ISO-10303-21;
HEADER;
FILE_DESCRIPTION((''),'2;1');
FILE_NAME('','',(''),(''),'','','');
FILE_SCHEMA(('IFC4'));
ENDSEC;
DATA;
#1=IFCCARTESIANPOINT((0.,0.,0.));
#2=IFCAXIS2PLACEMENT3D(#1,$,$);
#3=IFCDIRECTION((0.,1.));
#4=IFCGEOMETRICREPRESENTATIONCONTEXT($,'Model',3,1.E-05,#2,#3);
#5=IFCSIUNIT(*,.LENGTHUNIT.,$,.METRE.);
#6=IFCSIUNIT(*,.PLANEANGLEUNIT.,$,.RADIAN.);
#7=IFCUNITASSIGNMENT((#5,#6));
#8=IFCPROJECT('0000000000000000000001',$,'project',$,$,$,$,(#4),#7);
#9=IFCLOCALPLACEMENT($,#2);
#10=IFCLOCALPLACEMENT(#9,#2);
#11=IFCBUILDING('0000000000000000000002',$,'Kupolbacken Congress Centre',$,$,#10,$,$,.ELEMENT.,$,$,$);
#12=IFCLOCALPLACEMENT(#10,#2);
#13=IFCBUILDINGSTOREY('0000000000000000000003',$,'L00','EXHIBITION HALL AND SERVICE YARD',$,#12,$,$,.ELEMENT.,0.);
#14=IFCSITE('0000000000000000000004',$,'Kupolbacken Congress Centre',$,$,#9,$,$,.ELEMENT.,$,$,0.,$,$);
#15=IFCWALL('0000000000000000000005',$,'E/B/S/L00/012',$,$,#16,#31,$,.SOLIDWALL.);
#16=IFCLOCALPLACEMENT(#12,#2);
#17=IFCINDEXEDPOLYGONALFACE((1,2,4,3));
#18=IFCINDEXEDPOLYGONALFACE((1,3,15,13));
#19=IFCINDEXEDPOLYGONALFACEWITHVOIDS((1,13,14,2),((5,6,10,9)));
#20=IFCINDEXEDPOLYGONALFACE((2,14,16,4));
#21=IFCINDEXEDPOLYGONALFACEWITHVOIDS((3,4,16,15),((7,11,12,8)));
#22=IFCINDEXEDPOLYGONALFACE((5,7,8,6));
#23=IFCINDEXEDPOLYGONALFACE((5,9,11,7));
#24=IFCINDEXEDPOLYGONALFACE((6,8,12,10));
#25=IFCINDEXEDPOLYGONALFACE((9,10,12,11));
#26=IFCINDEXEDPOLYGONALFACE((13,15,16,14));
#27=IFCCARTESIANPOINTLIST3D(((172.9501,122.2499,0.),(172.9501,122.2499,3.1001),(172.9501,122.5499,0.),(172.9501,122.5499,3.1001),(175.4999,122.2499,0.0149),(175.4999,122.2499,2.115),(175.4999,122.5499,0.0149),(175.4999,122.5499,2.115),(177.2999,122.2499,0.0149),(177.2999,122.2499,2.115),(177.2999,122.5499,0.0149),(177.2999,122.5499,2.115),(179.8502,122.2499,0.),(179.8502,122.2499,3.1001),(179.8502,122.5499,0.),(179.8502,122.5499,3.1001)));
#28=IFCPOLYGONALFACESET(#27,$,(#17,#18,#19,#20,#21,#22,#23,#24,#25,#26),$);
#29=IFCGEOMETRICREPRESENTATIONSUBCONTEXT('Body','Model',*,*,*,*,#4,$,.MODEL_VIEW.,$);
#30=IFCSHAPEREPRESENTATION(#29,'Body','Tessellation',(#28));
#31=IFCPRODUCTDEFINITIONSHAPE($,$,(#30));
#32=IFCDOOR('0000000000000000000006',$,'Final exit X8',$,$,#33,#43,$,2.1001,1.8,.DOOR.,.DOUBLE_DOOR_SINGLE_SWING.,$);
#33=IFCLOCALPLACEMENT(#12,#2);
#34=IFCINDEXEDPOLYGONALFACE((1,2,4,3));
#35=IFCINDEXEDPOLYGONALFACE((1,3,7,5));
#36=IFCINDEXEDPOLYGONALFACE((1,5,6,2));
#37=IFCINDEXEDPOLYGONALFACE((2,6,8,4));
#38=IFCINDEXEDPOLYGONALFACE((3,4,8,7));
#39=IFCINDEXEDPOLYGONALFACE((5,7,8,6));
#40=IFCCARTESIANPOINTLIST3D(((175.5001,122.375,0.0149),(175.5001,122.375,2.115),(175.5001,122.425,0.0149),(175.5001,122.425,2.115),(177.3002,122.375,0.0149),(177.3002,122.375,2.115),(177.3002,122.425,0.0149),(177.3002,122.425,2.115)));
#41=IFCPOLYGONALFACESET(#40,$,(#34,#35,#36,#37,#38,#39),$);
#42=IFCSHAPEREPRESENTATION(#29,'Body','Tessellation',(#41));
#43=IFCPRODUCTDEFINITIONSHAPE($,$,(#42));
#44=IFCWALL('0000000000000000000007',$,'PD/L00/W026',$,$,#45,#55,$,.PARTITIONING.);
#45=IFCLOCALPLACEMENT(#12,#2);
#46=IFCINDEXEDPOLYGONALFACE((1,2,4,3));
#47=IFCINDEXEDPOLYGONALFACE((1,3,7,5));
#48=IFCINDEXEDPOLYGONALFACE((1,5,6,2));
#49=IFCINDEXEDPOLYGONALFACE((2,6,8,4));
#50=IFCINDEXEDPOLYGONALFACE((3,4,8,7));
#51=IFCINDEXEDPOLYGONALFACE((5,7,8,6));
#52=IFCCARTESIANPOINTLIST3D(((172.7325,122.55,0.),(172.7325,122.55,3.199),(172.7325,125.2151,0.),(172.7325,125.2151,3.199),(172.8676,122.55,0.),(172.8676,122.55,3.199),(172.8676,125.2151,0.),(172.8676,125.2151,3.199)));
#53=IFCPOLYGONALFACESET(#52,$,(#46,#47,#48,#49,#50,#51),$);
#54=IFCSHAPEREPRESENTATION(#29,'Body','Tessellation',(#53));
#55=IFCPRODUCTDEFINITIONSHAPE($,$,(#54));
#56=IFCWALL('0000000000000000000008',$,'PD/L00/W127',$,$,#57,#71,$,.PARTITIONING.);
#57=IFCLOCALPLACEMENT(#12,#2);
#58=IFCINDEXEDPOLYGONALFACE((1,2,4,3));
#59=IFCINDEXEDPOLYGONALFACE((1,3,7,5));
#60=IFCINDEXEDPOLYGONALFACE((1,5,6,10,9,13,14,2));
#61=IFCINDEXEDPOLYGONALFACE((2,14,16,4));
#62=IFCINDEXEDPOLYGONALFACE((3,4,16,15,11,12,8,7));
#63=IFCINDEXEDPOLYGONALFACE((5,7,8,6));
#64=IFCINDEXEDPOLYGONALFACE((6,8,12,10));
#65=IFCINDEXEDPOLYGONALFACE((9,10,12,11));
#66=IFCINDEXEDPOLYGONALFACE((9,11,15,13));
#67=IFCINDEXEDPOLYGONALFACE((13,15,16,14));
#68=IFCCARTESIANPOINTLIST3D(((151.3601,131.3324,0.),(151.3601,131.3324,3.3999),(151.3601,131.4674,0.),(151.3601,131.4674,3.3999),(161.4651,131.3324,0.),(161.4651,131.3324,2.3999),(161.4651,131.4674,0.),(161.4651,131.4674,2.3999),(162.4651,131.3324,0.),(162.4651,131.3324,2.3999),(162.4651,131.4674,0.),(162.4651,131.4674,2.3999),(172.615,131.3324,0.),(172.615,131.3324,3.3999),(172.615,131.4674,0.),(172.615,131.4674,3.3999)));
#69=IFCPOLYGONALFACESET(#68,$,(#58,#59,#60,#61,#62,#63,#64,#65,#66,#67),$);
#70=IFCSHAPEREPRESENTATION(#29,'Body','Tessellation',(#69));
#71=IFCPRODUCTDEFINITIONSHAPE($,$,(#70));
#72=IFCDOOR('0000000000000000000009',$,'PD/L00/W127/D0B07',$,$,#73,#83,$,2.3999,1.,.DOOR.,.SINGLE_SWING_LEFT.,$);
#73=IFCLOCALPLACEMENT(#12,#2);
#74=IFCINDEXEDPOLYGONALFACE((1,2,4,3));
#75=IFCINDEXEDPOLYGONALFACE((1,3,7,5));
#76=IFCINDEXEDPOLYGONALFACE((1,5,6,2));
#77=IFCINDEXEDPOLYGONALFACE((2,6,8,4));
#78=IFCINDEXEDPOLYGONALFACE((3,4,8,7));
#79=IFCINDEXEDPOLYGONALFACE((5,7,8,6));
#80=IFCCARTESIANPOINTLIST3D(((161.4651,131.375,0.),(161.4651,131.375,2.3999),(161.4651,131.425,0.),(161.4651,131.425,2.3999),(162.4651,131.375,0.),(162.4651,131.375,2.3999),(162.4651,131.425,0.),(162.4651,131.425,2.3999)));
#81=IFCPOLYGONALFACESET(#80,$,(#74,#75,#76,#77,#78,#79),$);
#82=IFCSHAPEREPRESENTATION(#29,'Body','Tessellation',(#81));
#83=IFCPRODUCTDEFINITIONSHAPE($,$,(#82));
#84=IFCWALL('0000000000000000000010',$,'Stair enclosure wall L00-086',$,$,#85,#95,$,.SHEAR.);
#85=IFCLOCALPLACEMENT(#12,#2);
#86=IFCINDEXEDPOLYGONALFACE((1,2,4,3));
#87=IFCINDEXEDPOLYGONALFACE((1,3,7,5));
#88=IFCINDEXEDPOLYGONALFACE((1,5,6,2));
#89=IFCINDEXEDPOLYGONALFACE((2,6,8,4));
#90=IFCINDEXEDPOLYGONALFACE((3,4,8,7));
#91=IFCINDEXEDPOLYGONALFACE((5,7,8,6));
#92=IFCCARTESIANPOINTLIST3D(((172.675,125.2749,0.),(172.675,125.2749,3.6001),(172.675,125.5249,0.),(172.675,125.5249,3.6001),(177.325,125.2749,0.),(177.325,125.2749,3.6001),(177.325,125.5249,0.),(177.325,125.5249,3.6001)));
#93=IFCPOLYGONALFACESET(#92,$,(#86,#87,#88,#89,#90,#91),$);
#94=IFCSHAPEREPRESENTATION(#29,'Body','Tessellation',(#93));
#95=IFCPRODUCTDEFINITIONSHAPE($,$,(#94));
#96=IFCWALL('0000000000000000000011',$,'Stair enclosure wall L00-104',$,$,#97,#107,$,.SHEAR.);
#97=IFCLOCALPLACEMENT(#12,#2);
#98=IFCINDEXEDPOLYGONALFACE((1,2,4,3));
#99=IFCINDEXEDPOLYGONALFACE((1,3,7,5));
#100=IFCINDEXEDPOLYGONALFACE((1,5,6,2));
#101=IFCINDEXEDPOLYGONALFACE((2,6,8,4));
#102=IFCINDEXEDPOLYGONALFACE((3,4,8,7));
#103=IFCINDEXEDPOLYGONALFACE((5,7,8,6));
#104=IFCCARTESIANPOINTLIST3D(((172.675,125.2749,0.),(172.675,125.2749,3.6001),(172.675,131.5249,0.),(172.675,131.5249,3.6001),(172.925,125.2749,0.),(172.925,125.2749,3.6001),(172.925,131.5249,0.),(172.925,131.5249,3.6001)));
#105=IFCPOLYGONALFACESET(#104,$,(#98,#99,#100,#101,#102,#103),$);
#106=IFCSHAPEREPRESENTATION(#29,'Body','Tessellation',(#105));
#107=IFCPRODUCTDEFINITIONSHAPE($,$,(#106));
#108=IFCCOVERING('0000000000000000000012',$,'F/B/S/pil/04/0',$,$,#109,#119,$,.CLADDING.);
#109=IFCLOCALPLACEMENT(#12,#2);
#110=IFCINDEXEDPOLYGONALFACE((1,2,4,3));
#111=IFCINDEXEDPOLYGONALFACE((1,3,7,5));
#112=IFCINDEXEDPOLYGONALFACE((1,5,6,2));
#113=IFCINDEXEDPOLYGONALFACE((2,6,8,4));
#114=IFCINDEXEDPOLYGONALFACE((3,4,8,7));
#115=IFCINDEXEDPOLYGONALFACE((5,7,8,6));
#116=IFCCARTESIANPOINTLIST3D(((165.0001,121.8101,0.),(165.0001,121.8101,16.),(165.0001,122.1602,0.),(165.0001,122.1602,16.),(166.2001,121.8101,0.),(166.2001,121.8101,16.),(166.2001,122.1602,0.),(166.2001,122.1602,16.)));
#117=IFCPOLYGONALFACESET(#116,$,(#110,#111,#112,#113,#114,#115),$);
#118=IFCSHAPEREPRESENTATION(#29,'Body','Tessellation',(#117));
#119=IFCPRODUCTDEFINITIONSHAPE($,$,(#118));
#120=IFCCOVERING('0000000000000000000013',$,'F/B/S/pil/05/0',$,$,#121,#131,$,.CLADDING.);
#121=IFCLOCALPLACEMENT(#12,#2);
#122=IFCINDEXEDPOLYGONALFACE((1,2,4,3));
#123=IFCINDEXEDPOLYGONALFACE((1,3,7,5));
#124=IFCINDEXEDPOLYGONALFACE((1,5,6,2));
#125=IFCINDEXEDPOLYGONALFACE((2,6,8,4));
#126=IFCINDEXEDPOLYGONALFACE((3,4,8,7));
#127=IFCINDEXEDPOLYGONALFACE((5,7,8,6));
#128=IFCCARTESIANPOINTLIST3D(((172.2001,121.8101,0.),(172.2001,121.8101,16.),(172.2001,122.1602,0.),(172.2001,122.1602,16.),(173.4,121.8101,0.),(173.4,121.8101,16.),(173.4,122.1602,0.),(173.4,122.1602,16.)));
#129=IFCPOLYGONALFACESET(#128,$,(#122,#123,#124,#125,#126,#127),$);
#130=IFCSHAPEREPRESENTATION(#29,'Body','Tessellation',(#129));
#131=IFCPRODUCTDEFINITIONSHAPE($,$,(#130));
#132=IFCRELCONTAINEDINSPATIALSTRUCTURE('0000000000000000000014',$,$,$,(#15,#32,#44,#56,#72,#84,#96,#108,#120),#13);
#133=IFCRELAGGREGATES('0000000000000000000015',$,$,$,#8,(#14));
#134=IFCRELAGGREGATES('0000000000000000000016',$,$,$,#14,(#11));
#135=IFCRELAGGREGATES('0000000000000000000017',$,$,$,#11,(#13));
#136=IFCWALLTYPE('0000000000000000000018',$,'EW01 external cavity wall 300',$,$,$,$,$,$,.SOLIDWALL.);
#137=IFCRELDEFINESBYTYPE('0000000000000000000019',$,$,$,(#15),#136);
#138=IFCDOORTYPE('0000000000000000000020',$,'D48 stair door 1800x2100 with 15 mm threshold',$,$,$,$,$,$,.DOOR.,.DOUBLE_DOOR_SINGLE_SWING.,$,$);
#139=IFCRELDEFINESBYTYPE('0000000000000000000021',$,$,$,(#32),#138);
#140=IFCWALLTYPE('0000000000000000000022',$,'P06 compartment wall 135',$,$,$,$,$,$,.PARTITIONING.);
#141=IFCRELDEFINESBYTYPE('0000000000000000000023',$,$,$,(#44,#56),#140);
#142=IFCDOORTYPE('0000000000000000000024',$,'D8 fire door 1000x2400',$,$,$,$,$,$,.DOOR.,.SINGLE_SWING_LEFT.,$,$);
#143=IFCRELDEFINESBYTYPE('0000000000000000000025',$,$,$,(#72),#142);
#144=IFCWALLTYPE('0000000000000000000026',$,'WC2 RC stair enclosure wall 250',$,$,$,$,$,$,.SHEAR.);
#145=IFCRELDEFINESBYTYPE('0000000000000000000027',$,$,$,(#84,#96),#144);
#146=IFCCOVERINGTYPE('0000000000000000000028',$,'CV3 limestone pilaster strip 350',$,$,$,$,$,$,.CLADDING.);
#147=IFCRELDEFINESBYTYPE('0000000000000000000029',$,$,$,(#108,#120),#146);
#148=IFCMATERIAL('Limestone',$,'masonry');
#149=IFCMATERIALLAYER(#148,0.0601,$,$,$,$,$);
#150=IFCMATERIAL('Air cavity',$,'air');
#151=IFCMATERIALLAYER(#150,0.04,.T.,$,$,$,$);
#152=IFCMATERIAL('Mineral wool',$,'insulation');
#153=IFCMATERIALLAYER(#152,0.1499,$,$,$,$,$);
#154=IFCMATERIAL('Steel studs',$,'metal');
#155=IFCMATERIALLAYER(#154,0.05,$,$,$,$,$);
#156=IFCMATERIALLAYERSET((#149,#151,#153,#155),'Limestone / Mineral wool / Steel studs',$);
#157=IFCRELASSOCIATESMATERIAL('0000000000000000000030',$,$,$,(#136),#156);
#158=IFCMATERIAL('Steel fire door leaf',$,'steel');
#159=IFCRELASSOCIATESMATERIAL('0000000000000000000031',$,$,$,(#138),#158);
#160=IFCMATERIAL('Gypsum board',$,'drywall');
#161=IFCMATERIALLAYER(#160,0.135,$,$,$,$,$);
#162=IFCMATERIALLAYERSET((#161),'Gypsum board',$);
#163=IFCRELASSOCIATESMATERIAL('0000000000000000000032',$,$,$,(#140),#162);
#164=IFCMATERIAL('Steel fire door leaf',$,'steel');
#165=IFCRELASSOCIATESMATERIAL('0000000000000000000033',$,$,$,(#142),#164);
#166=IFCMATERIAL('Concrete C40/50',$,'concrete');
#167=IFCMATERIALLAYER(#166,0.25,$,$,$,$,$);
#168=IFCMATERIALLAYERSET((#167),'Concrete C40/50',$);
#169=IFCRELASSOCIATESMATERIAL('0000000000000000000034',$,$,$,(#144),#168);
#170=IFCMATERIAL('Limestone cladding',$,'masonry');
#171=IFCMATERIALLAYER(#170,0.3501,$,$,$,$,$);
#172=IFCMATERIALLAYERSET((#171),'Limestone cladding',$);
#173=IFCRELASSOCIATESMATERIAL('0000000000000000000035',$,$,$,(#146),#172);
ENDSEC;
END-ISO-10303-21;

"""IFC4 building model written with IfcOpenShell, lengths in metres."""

from ifc_helpers import new_model, si_unit, direction, frame, frame_2d, origin, origin_2d, place, context, subcontext, project, spatial, rectangle, extrude, material, layer, layer_set, type_object, element, fill, save


model = new_model("IFC4")

# Units and contexts
model_context = context("Model", 3, precision=1e-05, world=origin(), true_north=direction((0.0, 1.0)))
body_context = subcontext(model_context, "Body", "Model", "MODEL_VIEW")
ifc_project = project(units=[si_unit("LENGTHUNIT", "METRE"), si_unit("PLANEANGLEUNIT", "RADIAN")], contexts=[model_context])

# Site, building, storey
site_placement = place(None, origin())
site = spatial("IfcSite", under=ifc_project, at=site_placement, Name="Kupolbacken Congress Centre", CompositionType="ELEMENT", RefElevation=0.0)
building_placement = place(site_placement, origin())
building = spatial("IfcBuilding", under=site, at=building_placement, Name="Kupolbacken Congress Centre", CompositionType="ELEMENT")
storey_placement = place(building_placement, origin())
storey = spatial("IfcBuildingStorey", under=building, at=storey_placement, Name="L00", Description="EXHIBITION HALL AND SERVICE YARD", CompositionType="ELEMENT", Elevation=0.0)

# Wall, opening, door
ifc_material_1 = material(Name="Limestone", Category="masonry")
ifc_layer_1 = layer(ifc_material_1, 0.0601)
ifc_material_2 = material(Name="Air cavity", Category="air")
ifc_layer_2 = layer(ifc_material_2, 0.04, ventilated=True)
ifc_material_3 = material(Name="Mineral wool", Category="insulation")
ifc_layer_3 = layer(ifc_material_3, 0.1499)
ifc_material_4 = material(Name="Steel studs", Category="metal")
ifc_layer_4 = layer(ifc_material_4, 0.05)
ifc_layer_set_1 = layer_set([ifc_layer_1, ifc_layer_2, ifc_layer_3, ifc_layer_4], Name="Limestone / Mineral wool / Steel studs")
wall_type_1 = type_object("IfcWallType", Name="EW01 external cavity wall 300", PredefinedType="SOLIDWALL", material=ifc_layer_set_1)
wall_1_placement = place(storey_placement, frame((172.95, 122.3999, 0.0), z_axis=(0.0, 0.0, 1.0), x_axis=(1.0, 0.0, 0.0)))
wall_1 = element("IfcWall", 1, at=wall_1_placement, inside=storey, type_object=wall_type_1, Name="E/B/S/L00/012", PredefinedType="SOLIDWALL", context=body_context, shape_type="SweptSolid", body=[
    extrude(rectangle(XDim=6.9001, YDim=0.3, at=frame_2d((3.4502, 0.0))), origin(), (0.0, 0.0, 1.0), 3.1001),
])
opening_1_placement = place(wall_1_placement, frame((2.55, 0.0, 0.0149)))
opening_1 = element("IfcOpeningElement", 2, at=opening_1_placement, cuts=wall_1, PredefinedType="OPENING", context=body_context, shape_type="SweptSolid", body=[
    extrude(rectangle(XDim=1.8, YDim=2.1001, at=frame_2d((0.8999, 1.05))), frame((0.0, 0.1599, 0.0), z_axis=(0.0, -1.0, 0.0), x_axis=(1.0, 0.0, 0.0)), (0.0, 0.0, 1.0), 0.3201),
])
ifc_material_5 = material(Name="Steel fire door leaf", Category="steel")
door_type_1 = type_object("IfcDoorType", Name="D48 stair door 1800x2100 with 15 mm threshold", OperationType="DOUBLE_DOOR_SINGLE_SWING", PredefinedType="DOOR", material=ifc_material_5)
door_1_placement = place(opening_1_placement, frame((1.8, 0.0, 0.0), z_axis=(0.0, 0.0, 1.0), x_axis=(-1.0, 0.0, 0.0)))
door_1 = element("IfcDoor", 3, at=door_1_placement, inside=storey, type_object=door_type_1, Name="Final exit X8", OperationType="DOUBLE_DOOR_SINGLE_SWING", OverallHeight=2.1001, OverallWidth=1.8, PredefinedType="DOOR", context=body_context, shape_type="SweptSolid", body=[
    extrude(rectangle(XDim=1.8, YDim=2.1001, at=frame_2d((0.8999, 1.05))), frame((0.0, 0.0249, 0.0), z_axis=(0.0, -1.0, 0.0), x_axis=(1.0, 0.0, 0.0)), (0.0, 0.0, 1.0), 0.05),
])
fill(opening_1, door_1)

# Wall
ifc_material_6 = material(Name="Gypsum board", Category="drywall")
ifc_layer_5 = layer(ifc_material_6, 0.135)
ifc_layer_set_2 = layer_set([ifc_layer_5], Name="Gypsum board")
wall_type_2 = type_object("IfcWallType", Name="P06 compartment wall 135", PredefinedType="PARTITIONING", material=ifc_layer_set_2)
wall_2_placement = place(storey_placement, frame((172.8, 122.55, 0.0), z_axis=(0.0, 0.0, 1.0), x_axis=(0.0, 1.0, 0.0)))
element("IfcWall", 4, at=wall_2_placement, inside=storey, type_object=wall_type_2, Name="PD/L00/W026", PredefinedType="PARTITIONING", context=body_context, shape_type="SweptSolid", body=[
    extrude(rectangle(XDim=2.665, YDim=0.135, at=frame_2d((1.3325, 0.0))), origin(), (0.0, 0.0, 1.0), 3.199),
])

# Wall, opening, door
wall_3_placement = place(storey_placement, frame((172.615, 131.3999, 0.0), z_axis=(0.0, 0.0, 1.0), x_axis=(-1.0, 0.0, 0.0)))
wall_3 = element("IfcWall", 5, at=wall_3_placement, inside=storey, type_object=wall_type_2, Name="PD/L00/W127", PredefinedType="PARTITIONING", context=body_context, shape_type="SweptSolid", body=[
    extrude(rectangle(XDim=21.2549, YDim=0.135, at=frame_2d((10.6274, 0.0))), origin(), (0.0, 0.0, 1.0), 3.3999),
])
opening_2_placement = place(wall_3_placement, frame((10.1499, 0.0, 0.0)))
opening_2 = element("IfcOpeningElement", 6, at=opening_2_placement, cuts=wall_3, PredefinedType="OPENING", context=body_context, shape_type="SweptSolid", body=[
    extrude(rectangle(XDim=1.0, YDim=2.3999, at=frame_2d((0.5, 1.2))), frame((0.0, 0.0774, 0.0), z_axis=(0.0, -1.0, 0.0), x_axis=(1.0, 0.0, 0.0)), (0.0, 0.0, 1.0), 0.155),
])
ifc_material_7 = material(Name="Steel fire door leaf", Category="steel")
door_type_2 = type_object("IfcDoorType", Name="D8 fire door 1000x2400", OperationType="SINGLE_SWING_LEFT", PredefinedType="DOOR", material=ifc_material_7)
door_2_placement = place(opening_2_placement, origin())
door_2 = element("IfcDoor", 7, at=door_2_placement, inside=storey, type_object=door_type_2, Name="PD/L00/W127/D0B07", OperationType="SINGLE_SWING_LEFT", OverallHeight=2.3999, OverallWidth=1.0, PredefinedType="DOOR", context=body_context, shape_type="SweptSolid", body=[
    extrude(rectangle(XDim=1.0, YDim=2.3999, at=frame_2d((0.5, 1.2))), frame((0.0, 0.0249, 0.0), z_axis=(0.0, -1.0, 0.0), x_axis=(1.0, 0.0, 0.0)), (0.0, 0.0, 1.0), 0.05),
])
fill(opening_2, door_2)

# Walls
ifc_material_8 = material(Name="Concrete C40/50", Category="concrete")
ifc_layer_6 = layer(ifc_material_8, 0.25)
ifc_layer_set_3 = layer_set([ifc_layer_6], Name="Concrete C40/50")
wall_type_3 = type_object("IfcWallType", Name="WC2 RC stair enclosure wall 250", PredefinedType="SHEAR", material=ifc_layer_set_3)
wall_4_placement = place(storey_placement, frame((172.675, 125.3999, 0.0), z_axis=(0.0, 0.0, 1.0), x_axis=(1.0, 0.0, 0.0)))
element("IfcWall", 8, at=wall_4_placement, inside=storey, type_object=wall_type_3, Name="Stair enclosure wall L00-086", PredefinedType="SHEAR", context=body_context, shape_type="SweptSolid", body=[
    extrude(rectangle(XDim=4.6499, YDim=0.25, at=frame_2d((2.325, 0.0))), origin(), (0.0, 0.0, 1.0), 3.6001),
])
wall_5_placement = place(storey_placement, frame((172.8, 131.5249, 0.0), z_axis=(0.0, 0.0, 1.0), x_axis=(0.0, -1.0, 0.0)))
element("IfcWall", 9, at=wall_5_placement, inside=storey, type_object=wall_type_3, Name="Stair enclosure wall L00-104", PredefinedType="SHEAR", context=body_context, shape_type="SweptSolid", body=[
    extrude(rectangle(XDim=6.25, YDim=0.25, at=frame_2d((3.125, 0.0))), origin(), (0.0, 0.0, 1.0), 3.6001),
])

# Coverings
ifc_material_9 = material(Name="Limestone cladding", Category="masonry")
ifc_layer_7 = layer(ifc_material_9, 0.3501)
ifc_layer_set_4 = layer_set([ifc_layer_7], Name="Limestone cladding")
covering_type = type_object("IfcCoveringType", Name="CV3 limestone pilaster strip 350", PredefinedType="CLADDING", material=ifc_layer_set_4)
for number, where, z_axis, x_axis, name in (
    (10, (165.6001, 121.9851, 0.0), (0.0, 0.0, 1.0), (1.0, 0.0, 0.0), "F/B/S/pil/04/0"),
    (11, (172.8, 121.9851, 0.0), (0.0, 0.0, 1.0), (1.0, 0.0, 0.0), "F/B/S/pil/05/0"),
):
    element("IfcCovering", number, at=place(storey_placement, frame(where, z_axis=z_axis, x_axis=x_axis)), inside=storey, type_object=covering_type, Name=name, PredefinedType="CLADDING", context=body_context, shape_type="SweptSolid", body=[
        extrude(rectangle(XDim=1.2, YDim=0.3501, at=origin_2d()), origin(), (0.0, 0.0, 1.0), 16.0),
    ])

save(model, "model.ifc")
